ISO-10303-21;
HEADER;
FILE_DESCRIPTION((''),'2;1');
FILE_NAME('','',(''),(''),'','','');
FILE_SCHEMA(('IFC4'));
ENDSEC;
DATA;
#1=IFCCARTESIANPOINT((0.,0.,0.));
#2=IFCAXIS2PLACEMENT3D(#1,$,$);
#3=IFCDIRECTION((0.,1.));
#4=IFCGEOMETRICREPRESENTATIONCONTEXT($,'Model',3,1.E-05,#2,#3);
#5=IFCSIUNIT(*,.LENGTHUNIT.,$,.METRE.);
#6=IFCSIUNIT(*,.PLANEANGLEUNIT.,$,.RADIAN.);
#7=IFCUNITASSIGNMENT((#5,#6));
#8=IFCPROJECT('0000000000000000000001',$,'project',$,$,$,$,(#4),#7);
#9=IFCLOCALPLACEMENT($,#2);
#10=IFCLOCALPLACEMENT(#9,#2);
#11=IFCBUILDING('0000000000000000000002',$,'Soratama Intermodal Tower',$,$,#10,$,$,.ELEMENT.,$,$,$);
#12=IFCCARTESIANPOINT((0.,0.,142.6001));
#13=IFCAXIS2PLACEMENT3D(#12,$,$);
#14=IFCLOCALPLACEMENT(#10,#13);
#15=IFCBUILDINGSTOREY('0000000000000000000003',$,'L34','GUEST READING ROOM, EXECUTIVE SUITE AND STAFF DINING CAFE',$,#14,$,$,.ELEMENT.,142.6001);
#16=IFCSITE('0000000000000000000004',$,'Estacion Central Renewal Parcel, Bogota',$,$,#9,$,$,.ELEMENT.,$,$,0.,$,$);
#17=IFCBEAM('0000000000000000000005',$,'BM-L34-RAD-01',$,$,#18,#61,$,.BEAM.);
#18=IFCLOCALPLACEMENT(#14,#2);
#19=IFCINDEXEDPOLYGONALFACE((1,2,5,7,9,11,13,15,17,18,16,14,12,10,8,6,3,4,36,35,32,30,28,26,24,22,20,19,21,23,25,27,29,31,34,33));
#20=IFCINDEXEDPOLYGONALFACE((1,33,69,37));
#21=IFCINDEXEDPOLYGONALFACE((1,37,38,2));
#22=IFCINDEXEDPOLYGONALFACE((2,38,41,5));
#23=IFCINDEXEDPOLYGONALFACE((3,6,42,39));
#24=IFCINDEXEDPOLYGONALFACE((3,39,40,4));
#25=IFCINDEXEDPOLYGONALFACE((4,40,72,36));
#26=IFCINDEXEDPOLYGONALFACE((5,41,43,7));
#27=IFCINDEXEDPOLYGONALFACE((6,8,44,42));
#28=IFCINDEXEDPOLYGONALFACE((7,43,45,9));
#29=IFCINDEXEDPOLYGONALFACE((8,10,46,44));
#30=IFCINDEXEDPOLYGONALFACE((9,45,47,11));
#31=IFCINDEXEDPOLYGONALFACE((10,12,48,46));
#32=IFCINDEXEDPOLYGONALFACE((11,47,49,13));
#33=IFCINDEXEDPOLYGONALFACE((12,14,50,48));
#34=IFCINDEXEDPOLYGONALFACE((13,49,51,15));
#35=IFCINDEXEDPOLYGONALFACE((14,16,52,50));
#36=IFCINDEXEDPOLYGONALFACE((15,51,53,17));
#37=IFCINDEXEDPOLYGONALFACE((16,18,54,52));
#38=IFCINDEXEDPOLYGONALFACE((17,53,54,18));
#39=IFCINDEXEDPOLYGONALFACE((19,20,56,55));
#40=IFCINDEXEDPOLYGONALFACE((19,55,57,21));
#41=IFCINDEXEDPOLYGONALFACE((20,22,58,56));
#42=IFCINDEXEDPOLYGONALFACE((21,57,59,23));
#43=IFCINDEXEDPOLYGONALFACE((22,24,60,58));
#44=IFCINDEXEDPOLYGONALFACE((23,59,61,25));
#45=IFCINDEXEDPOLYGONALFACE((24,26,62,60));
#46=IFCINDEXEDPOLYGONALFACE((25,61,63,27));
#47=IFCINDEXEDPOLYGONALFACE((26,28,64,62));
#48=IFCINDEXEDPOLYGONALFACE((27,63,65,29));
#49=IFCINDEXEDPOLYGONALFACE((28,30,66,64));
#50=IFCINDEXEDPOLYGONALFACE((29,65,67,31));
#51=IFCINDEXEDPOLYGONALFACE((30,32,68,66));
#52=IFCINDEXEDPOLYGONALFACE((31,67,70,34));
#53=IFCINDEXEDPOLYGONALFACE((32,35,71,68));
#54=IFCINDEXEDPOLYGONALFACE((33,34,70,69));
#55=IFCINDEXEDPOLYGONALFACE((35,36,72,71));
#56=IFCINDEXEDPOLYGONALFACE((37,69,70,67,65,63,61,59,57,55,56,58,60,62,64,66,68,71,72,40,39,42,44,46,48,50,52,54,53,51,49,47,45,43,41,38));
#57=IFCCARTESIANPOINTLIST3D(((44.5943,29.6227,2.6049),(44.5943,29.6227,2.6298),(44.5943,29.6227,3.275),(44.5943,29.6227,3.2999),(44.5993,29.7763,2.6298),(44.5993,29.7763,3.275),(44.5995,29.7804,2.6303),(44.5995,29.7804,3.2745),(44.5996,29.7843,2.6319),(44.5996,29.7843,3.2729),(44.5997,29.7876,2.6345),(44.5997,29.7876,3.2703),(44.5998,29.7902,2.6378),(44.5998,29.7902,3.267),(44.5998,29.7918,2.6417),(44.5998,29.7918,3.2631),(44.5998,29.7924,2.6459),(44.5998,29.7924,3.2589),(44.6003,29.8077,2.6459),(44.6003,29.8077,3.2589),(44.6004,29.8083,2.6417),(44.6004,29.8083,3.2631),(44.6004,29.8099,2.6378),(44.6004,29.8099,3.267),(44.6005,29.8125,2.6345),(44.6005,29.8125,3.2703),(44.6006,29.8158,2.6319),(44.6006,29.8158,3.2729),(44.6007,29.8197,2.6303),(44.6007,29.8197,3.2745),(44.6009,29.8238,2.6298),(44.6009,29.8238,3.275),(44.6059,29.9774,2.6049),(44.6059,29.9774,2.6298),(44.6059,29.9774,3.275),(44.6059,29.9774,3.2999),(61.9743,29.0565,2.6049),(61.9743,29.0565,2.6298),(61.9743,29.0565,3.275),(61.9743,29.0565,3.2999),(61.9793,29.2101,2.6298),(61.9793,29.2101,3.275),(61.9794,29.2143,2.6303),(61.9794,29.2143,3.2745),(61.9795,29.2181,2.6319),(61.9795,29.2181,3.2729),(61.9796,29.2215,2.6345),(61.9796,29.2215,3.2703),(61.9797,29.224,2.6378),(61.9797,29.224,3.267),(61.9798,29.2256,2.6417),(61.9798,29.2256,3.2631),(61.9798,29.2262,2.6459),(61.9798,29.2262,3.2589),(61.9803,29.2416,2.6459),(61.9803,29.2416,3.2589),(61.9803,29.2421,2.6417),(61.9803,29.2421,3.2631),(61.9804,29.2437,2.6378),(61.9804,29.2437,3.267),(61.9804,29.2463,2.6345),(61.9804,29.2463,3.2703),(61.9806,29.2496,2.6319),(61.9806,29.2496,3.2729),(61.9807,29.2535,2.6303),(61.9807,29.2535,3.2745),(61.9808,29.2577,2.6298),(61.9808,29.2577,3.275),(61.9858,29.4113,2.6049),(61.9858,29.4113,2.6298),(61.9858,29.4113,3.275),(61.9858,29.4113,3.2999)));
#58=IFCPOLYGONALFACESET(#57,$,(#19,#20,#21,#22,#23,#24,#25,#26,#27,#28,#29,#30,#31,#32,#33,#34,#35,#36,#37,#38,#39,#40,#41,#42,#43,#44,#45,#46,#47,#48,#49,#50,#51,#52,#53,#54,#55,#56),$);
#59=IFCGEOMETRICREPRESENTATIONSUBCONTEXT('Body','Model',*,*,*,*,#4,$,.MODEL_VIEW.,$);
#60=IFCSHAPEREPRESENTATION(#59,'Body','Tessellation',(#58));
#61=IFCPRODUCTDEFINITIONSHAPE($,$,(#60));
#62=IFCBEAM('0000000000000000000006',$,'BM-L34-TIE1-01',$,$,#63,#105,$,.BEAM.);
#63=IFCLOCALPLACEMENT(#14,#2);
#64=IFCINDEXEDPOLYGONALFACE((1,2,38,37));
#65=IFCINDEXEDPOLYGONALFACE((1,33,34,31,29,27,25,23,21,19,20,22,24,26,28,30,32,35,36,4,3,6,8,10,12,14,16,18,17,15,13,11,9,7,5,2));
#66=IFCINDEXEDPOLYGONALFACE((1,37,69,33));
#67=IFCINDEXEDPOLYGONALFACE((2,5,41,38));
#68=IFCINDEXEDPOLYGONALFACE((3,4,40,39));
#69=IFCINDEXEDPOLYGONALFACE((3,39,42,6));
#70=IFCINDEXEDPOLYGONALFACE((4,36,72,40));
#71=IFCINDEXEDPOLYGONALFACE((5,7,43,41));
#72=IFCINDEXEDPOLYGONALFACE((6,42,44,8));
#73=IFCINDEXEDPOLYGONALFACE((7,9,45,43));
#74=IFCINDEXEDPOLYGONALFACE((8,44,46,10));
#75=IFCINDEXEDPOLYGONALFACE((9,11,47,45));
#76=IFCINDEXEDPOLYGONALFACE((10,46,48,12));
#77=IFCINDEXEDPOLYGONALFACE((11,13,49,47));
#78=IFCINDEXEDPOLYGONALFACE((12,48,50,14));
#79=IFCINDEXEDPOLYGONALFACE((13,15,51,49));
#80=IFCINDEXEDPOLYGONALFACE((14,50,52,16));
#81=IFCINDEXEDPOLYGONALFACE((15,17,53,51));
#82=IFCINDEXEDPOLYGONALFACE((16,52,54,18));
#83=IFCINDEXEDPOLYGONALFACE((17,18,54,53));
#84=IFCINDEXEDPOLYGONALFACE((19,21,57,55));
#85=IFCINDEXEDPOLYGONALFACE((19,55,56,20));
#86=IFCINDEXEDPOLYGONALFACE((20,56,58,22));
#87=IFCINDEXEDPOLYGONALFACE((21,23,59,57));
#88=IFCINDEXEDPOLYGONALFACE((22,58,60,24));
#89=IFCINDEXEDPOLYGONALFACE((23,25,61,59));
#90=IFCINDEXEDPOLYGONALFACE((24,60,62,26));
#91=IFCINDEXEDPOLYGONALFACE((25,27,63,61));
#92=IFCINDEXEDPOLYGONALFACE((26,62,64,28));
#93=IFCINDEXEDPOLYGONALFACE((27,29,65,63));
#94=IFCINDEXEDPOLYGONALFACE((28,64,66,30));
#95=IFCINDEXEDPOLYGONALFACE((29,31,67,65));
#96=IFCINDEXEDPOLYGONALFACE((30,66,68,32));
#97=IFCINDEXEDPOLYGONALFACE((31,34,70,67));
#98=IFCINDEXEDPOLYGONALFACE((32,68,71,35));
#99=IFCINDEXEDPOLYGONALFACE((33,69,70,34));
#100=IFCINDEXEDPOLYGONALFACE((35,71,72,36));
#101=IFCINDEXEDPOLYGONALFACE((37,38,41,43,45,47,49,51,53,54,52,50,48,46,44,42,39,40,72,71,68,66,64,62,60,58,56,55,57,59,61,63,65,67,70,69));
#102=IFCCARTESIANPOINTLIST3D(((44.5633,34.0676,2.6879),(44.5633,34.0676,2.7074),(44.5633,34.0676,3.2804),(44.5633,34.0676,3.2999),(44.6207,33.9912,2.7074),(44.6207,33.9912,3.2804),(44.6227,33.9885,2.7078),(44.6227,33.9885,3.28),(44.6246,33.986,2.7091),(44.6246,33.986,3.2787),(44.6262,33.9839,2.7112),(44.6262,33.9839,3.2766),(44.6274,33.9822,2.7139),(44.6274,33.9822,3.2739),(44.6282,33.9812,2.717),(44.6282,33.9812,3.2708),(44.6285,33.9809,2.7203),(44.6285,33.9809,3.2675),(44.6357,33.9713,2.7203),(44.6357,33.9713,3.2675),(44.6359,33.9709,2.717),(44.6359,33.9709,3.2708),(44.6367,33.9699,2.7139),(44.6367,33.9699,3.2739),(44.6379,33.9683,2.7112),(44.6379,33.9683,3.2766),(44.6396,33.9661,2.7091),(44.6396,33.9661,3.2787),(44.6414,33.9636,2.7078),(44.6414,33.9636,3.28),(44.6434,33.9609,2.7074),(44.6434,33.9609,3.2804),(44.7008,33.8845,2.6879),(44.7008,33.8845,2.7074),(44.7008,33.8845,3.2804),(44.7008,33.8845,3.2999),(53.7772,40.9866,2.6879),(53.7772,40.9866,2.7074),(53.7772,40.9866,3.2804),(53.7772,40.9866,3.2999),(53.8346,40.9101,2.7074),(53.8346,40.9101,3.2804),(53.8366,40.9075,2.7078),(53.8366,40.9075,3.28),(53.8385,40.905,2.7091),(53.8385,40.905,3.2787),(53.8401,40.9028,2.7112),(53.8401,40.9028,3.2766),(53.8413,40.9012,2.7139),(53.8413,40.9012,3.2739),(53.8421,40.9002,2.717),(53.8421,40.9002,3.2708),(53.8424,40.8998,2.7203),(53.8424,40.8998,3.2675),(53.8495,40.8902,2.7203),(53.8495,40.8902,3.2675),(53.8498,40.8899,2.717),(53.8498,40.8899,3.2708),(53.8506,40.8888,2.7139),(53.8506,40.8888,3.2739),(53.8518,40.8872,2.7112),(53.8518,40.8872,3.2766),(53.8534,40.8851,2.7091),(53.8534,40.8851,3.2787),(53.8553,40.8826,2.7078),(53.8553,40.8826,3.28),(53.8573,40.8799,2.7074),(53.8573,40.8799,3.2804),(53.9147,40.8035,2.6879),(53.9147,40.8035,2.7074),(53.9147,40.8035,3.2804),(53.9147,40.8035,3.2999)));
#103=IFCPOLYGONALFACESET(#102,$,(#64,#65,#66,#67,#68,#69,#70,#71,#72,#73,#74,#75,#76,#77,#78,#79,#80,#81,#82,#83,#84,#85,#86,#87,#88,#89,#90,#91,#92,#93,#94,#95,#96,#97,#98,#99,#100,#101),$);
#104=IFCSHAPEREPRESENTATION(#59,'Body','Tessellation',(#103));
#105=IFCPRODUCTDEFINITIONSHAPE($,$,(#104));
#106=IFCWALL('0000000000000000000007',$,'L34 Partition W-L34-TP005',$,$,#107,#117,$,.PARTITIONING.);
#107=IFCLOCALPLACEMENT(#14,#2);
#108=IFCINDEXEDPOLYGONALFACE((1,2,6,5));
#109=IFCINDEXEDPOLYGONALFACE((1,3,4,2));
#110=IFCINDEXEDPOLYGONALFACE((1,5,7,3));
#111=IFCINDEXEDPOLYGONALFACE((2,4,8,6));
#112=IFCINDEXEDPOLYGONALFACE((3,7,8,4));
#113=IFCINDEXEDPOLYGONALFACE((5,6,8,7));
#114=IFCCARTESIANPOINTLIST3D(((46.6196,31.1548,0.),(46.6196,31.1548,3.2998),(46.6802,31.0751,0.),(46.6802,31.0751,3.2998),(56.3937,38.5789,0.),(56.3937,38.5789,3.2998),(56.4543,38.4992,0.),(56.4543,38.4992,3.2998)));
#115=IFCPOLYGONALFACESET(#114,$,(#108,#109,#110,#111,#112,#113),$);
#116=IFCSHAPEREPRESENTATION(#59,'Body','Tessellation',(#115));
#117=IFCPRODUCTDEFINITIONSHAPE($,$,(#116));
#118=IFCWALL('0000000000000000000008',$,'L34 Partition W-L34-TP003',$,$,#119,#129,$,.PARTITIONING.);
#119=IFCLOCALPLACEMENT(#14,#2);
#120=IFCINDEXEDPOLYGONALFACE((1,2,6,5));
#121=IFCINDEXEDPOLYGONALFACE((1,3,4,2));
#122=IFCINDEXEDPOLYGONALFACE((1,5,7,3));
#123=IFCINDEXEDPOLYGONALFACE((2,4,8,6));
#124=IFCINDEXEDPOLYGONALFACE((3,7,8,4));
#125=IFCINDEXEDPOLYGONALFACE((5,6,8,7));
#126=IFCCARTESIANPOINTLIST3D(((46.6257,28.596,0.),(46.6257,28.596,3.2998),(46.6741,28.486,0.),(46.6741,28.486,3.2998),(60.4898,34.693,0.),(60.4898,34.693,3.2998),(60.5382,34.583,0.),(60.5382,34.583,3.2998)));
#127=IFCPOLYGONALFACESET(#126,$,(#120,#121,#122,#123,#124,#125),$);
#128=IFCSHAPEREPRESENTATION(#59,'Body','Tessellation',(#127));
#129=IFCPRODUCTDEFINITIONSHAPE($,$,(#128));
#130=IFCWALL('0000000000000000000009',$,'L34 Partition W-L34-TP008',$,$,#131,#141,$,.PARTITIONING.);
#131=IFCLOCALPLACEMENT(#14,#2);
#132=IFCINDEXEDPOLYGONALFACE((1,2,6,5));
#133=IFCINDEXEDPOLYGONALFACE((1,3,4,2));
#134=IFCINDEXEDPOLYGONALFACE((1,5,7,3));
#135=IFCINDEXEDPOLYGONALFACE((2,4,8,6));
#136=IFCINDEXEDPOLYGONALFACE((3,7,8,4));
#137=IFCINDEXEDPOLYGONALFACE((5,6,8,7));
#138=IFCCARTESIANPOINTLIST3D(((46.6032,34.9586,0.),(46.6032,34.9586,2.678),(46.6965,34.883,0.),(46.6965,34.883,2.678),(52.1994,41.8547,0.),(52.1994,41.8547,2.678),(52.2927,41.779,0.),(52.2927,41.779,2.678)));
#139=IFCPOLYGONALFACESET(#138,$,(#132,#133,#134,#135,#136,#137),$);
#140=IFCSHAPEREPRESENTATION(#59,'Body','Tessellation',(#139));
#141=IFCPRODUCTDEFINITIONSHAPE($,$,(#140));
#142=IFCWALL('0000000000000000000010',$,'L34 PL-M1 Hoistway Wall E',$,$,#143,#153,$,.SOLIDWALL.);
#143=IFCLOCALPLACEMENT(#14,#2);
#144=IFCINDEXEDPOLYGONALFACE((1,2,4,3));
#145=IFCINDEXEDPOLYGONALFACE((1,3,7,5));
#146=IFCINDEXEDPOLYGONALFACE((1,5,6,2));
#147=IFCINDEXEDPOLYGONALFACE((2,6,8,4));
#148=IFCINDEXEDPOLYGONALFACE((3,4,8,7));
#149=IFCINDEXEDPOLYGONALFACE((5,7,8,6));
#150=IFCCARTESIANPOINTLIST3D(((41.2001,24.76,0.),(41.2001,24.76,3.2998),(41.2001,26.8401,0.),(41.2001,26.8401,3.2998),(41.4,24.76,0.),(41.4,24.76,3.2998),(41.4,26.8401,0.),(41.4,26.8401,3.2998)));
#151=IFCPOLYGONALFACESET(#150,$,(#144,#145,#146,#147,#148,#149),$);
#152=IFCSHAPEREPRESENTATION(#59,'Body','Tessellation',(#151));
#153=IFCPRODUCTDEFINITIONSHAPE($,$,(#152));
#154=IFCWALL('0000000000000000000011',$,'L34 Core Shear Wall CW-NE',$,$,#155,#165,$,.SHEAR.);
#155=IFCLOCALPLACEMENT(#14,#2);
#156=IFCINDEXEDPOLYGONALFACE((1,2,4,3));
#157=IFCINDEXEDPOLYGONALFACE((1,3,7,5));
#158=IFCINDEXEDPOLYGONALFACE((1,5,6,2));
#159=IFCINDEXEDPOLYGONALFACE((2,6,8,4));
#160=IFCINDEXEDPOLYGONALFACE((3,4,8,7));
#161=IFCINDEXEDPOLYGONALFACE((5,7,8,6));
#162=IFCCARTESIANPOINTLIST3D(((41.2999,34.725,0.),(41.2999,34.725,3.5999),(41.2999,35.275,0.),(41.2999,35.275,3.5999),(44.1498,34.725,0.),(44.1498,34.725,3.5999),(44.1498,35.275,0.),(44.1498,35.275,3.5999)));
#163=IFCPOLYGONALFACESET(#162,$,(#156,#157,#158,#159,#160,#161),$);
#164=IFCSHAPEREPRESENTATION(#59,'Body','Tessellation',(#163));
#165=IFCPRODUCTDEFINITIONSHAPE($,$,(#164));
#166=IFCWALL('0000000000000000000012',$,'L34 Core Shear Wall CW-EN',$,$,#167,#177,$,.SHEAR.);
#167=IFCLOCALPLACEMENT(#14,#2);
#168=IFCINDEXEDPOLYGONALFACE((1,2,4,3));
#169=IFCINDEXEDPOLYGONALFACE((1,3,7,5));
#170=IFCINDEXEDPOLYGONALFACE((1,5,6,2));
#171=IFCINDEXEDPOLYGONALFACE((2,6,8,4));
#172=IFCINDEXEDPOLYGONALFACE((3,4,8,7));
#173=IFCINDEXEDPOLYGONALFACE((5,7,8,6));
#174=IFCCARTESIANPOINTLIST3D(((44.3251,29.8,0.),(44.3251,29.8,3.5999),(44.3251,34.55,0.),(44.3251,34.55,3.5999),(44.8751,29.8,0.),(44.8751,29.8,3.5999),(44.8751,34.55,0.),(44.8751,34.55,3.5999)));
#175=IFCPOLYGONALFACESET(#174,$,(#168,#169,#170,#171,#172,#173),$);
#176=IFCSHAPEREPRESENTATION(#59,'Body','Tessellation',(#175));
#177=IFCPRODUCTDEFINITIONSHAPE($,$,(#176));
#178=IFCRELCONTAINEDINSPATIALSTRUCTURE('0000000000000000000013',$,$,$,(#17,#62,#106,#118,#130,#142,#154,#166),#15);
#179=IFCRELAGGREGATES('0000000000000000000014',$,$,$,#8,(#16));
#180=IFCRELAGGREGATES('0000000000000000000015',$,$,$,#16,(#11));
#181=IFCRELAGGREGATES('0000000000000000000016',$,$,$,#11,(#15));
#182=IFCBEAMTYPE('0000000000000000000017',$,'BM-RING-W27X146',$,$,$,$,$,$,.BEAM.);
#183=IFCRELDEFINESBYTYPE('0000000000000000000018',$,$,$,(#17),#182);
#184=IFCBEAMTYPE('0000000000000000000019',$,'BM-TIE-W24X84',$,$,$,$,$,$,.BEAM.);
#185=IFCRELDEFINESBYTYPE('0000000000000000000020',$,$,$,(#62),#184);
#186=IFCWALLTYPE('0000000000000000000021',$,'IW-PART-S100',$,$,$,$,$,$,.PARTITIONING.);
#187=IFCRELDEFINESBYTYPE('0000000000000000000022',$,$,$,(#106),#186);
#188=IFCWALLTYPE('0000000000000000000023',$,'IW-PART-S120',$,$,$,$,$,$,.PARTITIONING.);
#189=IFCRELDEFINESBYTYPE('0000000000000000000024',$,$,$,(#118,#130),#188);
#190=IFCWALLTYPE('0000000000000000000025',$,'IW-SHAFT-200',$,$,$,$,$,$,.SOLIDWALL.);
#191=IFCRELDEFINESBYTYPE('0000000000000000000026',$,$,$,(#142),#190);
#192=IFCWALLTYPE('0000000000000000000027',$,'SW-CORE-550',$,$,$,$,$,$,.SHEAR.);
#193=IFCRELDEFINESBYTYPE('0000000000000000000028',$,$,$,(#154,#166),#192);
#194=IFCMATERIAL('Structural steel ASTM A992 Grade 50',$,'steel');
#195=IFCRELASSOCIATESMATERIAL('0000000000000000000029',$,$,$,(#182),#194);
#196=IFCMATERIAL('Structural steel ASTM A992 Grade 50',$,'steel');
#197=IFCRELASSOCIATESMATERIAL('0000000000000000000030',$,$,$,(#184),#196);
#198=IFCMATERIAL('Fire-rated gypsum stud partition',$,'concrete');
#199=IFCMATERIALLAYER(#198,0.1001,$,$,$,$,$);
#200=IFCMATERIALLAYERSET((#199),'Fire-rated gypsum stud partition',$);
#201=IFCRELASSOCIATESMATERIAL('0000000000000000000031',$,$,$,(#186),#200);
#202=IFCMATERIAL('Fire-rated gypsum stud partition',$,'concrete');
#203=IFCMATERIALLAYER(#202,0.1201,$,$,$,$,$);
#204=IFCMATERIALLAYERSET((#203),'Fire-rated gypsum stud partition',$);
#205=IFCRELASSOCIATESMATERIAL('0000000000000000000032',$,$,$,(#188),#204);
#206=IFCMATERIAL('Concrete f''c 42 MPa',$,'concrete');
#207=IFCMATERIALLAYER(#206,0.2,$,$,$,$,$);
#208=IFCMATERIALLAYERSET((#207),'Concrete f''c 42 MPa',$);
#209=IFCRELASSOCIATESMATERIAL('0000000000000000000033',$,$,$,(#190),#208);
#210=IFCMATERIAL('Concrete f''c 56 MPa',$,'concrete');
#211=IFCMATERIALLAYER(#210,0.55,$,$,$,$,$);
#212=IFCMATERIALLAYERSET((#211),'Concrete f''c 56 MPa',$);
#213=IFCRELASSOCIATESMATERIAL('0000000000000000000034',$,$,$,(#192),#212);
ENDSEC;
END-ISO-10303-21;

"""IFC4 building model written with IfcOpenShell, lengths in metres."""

from ifc_helpers import new_model, si_unit, direction, frame, frame_2d, origin, origin_2d, place, context, subcontext, project, spatial, rectangle, i_section, extrude, material, layer, layer_set, material_profile, profile_set, type_object, element, save


model = new_model("IFC4")

# Units and contexts
model_context = context("Model", 3, precision=1e-05, world=origin(), true_north=direction((0.0, 1.0)))
body_context = subcontext(model_context, "Body", "Model", "MODEL_VIEW")
ifc_project = project(units=[si_unit("LENGTHUNIT", "METRE"), si_unit("PLANEANGLEUNIT", "RADIAN")], contexts=[model_context])

# Site, building, storey
site_placement = place(None, origin())
site = spatial("IfcSite", under=ifc_project, at=site_placement, Name="Estacion Central Renewal Parcel, Bogota", CompositionType="ELEMENT", RefElevation=0.0)
building_placement = place(site_placement, origin())
building = spatial("IfcBuilding", under=site, at=building_placement, Name="Soratama Intermodal Tower", CompositionType="ELEMENT")
storey_placement = place(building_placement, frame((0.0, 0.0, 142.6001)))
storey = spatial("IfcBuildingStorey", under=building, at=storey_placement, Name="L34", Description="GUEST READING ROOM, EXECUTIVE SUITE AND STAFF DINING CAFE", CompositionType="ELEMENT", Elevation=142.6001)

# Beams
ifc_material_1 = material(Name="Structural steel ASTM A992 Grade 50", Category="steel")
ifc_material_profile_1 = material_profile(ifc_material_1, i_section(OverallWidth=0.355, OverallDepth=0.6951, WebThickness=0.0154, FlangeThickness=0.0249, FilletRadius=0.0161, at=origin_2d()), Name="W27X146")
ifc_profile_set_1 = profile_set([ifc_material_profile_1], Name="Structural steel ASTM A992 Grade 50")
beam_type_1 = type_object("IfcBeamType", Name="BM-RING-W27X146", PredefinedType="BEAM", material=ifc_profile_set_1)
beam_1_placement = place(storey_placement, frame((44.6001, 29.8, 2.9524), z_axis=(0.99947, -0.032558, 0.0), x_axis=(0.032558, 0.99947, 0.0)))
element("IfcBeam", 1, at=beam_1_placement, inside=storey, type_object=beam_type_1, Name="BM-L34-RAD-01", PredefinedType="BEAM", context=body_context, shape_type="SweptSolid", body=[
    extrude(i_section(OverallWidth=0.355, OverallDepth=0.6951, WebThickness=0.0154, FlangeThickness=0.0249, FilletRadius=0.0161, at=origin_2d()), origin(), (0.0, 0.0, 1.0), 17.3892),
])
ifc_material_2 = material(Name="Structural steel ASTM A992 Grade 50", Category="steel")
ifc_material_profile_2 = material_profile(ifc_material_2, i_section(OverallWidth=0.229, OverallDepth=0.6121, WebThickness=0.012, FlangeThickness=0.0195, FilletRadius=0.0129, at=origin_2d()), Name="W24X84")
ifc_profile_set_2 = profile_set([ifc_material_profile_2], Name="Structural steel ASTM A992 Grade 50")
beam_type_2 = type_object("IfcBeamType", Name="BM-TIE-W24X84", PredefinedType="BEAM", material=ifc_profile_set_2)
beam_2_placement = place(storey_placement, frame((44.6321, 33.9761, 2.9939), z_axis=(0.799644, 0.600475, 0.0), x_axis=(-0.600475, 0.799644, 0.0)))
element("IfcBeam", 2, at=beam_2_placement, inside=storey, type_object=beam_type_2, Name="BM-L34-TIE1-01", PredefinedType="BEAM", context=body_context, shape_type="SweptSolid", body=[
    extrude(i_section(OverallWidth=0.229, OverallDepth=0.6121, WebThickness=0.012, FlangeThickness=0.0195, FilletRadius=0.0129, at=origin_2d()), origin(), (0.0, 0.0, 1.0), 11.5225),
])

# Walls
ifc_material_3 = material(Name="Fire-rated gypsum stud partition", Category="concrete")
ifc_layer_1 = layer(ifc_material_3, 0.1001)
ifc_layer_set_1 = layer_set([ifc_layer_1], Name="Fire-rated gypsum stud partition")
wall_type_1 = type_object("IfcWallType", Name="IW-PART-S100", PredefinedType="PARTITIONING", material=ifc_layer_set_1)
wall_1_placement = place(storey_placement, frame((46.6499, 31.115, 0.0), z_axis=(0.0, 0.0, 1.0), x_axis=(0.796331, 0.604861, 0.0)))
element("IfcWall", 3, at=wall_1_placement, inside=storey, type_object=wall_type_1, Name="L34 Partition W-L34-TP005", PredefinedType="PARTITIONING", context=body_context, shape_type="SweptSolid", body=[
    extrude(rectangle(XDim=12.2739, YDim=0.1001, at=frame_2d((6.137, 0.0))), origin(), (0.0, 0.0, 1.0), 3.2998),
])
ifc_material_4 = material(Name="Fire-rated gypsum stud partition", Category="concrete")
ifc_layer_2 = layer(ifc_material_4, 0.1201)
ifc_layer_set_2 = layer_set([ifc_layer_2], Name="Fire-rated gypsum stud partition")
wall_type_2 = type_object("IfcWallType", Name="IW-PART-S120", PredefinedType="PARTITIONING", material=ifc_layer_set_2)
wall_2_placement = place(storey_placement, frame((46.6499, 28.541, 0.0), z_axis=(0.0, 0.0, 1.0), x_axis=(0.915394, 0.402559, 0.0)))
element("IfcWall", 4, at=wall_2_placement, inside=storey, type_object=wall_type_2, Name="L34 Partition W-L34-TP003", PredefinedType="PARTITIONING", context=body_context, shape_type="SweptSolid", body=[
    extrude(rectangle(XDim=15.1455, YDim=0.1201, at=frame_2d((7.5728, 0.0))), origin(), (0.0, 0.0, 1.0), 3.2998),
])
wall_3_placement = place(storey_placement, frame((46.6499, 34.9209, 0.0), z_axis=(0.0, 0.0, 1.0), x_axis=(0.630131, 0.776489, 0.0)))
element("IfcWall", 5, at=wall_3_placement, inside=storey, type_object=wall_type_2, Name="L34 Partition W-L34-TP008", PredefinedType="PARTITIONING", context=body_context, shape_type="SweptSolid", body=[
    extrude(rectangle(XDim=8.8811, YDim=0.1201, at=frame_2d((4.4404, 0.0))), origin(), (0.0, 0.0, 1.0), 2.678),
])
ifc_material_5 = material(Name="Concrete f'c 42 MPa", Category="concrete")
ifc_layer_3 = layer(ifc_material_5, 0.2)
ifc_layer_set_3 = layer_set([ifc_layer_3], Name="Concrete f'c 42 MPa")
wall_type_3 = type_object("IfcWallType", Name="IW-SHAFT-200", PredefinedType="SOLIDWALL", material=ifc_layer_set_3)
wall_4_placement = place(storey_placement, frame((41.3, 24.76, 0.0), z_axis=(0.0, 0.0, 1.0), x_axis=(0.0, 1.0, 0.0)))
element("IfcWall", 6, at=wall_4_placement, inside=storey, type_object=wall_type_3, Name="L34 PL-M1 Hoistway Wall E", PredefinedType="SOLIDWALL", context=body_context, shape_type="SweptSolid", body=[
    extrude(rectangle(XDim=2.0801, YDim=0.2, at=frame_2d((1.04, 0.0))), origin(), (0.0, 0.0, 1.0), 3.2998),
])
ifc_material_6 = material(Name="Concrete f'c 56 MPa", Category="concrete")
ifc_layer_4 = layer(ifc_material_6, 0.55)
ifc_layer_set_4 = layer_set([ifc_layer_4], Name="Concrete f'c 56 MPa")
wall_type_4 = type_object("IfcWallType", Name="SW-CORE-550", PredefinedType="SHEAR", material=ifc_layer_set_4)
wall_5_placement = place(storey_placement, frame((41.3, 35.0, 0.0), z_axis=(0.0, 0.0, 1.0), x_axis=(1.0, 0.0, 0.0)))
element("IfcWall", 7, at=wall_5_placement, inside=storey, type_object=wall_type_4, Name="L34 Core Shear Wall CW-NE", PredefinedType="SHEAR", context=body_context, shape_type="SweptSolid", body=[
    extrude(rectangle(XDim=2.8499, YDim=0.55, at=frame_2d((1.4248, 0.0))), origin(), (0.0, 0.0, 1.0), 3.5999),
])
wall_6_placement = place(storey_placement, frame((44.6001, 29.8, 0.0), z_axis=(0.0, 0.0, 1.0), x_axis=(0.0, 1.0, 0.0)))
element("IfcWall", 8, at=wall_6_placement, inside=storey, type_object=wall_type_4, Name="L34 Core Shear Wall CW-EN", PredefinedType="SHEAR", context=body_context, shape_type="SweptSolid", body=[
    extrude(rectangle(XDim=4.75, YDim=0.55, at=frame_2d((2.375, 0.0))), origin(), (0.0, 0.0, 1.0), 3.5999),
])

save(model, "model.ifc")
